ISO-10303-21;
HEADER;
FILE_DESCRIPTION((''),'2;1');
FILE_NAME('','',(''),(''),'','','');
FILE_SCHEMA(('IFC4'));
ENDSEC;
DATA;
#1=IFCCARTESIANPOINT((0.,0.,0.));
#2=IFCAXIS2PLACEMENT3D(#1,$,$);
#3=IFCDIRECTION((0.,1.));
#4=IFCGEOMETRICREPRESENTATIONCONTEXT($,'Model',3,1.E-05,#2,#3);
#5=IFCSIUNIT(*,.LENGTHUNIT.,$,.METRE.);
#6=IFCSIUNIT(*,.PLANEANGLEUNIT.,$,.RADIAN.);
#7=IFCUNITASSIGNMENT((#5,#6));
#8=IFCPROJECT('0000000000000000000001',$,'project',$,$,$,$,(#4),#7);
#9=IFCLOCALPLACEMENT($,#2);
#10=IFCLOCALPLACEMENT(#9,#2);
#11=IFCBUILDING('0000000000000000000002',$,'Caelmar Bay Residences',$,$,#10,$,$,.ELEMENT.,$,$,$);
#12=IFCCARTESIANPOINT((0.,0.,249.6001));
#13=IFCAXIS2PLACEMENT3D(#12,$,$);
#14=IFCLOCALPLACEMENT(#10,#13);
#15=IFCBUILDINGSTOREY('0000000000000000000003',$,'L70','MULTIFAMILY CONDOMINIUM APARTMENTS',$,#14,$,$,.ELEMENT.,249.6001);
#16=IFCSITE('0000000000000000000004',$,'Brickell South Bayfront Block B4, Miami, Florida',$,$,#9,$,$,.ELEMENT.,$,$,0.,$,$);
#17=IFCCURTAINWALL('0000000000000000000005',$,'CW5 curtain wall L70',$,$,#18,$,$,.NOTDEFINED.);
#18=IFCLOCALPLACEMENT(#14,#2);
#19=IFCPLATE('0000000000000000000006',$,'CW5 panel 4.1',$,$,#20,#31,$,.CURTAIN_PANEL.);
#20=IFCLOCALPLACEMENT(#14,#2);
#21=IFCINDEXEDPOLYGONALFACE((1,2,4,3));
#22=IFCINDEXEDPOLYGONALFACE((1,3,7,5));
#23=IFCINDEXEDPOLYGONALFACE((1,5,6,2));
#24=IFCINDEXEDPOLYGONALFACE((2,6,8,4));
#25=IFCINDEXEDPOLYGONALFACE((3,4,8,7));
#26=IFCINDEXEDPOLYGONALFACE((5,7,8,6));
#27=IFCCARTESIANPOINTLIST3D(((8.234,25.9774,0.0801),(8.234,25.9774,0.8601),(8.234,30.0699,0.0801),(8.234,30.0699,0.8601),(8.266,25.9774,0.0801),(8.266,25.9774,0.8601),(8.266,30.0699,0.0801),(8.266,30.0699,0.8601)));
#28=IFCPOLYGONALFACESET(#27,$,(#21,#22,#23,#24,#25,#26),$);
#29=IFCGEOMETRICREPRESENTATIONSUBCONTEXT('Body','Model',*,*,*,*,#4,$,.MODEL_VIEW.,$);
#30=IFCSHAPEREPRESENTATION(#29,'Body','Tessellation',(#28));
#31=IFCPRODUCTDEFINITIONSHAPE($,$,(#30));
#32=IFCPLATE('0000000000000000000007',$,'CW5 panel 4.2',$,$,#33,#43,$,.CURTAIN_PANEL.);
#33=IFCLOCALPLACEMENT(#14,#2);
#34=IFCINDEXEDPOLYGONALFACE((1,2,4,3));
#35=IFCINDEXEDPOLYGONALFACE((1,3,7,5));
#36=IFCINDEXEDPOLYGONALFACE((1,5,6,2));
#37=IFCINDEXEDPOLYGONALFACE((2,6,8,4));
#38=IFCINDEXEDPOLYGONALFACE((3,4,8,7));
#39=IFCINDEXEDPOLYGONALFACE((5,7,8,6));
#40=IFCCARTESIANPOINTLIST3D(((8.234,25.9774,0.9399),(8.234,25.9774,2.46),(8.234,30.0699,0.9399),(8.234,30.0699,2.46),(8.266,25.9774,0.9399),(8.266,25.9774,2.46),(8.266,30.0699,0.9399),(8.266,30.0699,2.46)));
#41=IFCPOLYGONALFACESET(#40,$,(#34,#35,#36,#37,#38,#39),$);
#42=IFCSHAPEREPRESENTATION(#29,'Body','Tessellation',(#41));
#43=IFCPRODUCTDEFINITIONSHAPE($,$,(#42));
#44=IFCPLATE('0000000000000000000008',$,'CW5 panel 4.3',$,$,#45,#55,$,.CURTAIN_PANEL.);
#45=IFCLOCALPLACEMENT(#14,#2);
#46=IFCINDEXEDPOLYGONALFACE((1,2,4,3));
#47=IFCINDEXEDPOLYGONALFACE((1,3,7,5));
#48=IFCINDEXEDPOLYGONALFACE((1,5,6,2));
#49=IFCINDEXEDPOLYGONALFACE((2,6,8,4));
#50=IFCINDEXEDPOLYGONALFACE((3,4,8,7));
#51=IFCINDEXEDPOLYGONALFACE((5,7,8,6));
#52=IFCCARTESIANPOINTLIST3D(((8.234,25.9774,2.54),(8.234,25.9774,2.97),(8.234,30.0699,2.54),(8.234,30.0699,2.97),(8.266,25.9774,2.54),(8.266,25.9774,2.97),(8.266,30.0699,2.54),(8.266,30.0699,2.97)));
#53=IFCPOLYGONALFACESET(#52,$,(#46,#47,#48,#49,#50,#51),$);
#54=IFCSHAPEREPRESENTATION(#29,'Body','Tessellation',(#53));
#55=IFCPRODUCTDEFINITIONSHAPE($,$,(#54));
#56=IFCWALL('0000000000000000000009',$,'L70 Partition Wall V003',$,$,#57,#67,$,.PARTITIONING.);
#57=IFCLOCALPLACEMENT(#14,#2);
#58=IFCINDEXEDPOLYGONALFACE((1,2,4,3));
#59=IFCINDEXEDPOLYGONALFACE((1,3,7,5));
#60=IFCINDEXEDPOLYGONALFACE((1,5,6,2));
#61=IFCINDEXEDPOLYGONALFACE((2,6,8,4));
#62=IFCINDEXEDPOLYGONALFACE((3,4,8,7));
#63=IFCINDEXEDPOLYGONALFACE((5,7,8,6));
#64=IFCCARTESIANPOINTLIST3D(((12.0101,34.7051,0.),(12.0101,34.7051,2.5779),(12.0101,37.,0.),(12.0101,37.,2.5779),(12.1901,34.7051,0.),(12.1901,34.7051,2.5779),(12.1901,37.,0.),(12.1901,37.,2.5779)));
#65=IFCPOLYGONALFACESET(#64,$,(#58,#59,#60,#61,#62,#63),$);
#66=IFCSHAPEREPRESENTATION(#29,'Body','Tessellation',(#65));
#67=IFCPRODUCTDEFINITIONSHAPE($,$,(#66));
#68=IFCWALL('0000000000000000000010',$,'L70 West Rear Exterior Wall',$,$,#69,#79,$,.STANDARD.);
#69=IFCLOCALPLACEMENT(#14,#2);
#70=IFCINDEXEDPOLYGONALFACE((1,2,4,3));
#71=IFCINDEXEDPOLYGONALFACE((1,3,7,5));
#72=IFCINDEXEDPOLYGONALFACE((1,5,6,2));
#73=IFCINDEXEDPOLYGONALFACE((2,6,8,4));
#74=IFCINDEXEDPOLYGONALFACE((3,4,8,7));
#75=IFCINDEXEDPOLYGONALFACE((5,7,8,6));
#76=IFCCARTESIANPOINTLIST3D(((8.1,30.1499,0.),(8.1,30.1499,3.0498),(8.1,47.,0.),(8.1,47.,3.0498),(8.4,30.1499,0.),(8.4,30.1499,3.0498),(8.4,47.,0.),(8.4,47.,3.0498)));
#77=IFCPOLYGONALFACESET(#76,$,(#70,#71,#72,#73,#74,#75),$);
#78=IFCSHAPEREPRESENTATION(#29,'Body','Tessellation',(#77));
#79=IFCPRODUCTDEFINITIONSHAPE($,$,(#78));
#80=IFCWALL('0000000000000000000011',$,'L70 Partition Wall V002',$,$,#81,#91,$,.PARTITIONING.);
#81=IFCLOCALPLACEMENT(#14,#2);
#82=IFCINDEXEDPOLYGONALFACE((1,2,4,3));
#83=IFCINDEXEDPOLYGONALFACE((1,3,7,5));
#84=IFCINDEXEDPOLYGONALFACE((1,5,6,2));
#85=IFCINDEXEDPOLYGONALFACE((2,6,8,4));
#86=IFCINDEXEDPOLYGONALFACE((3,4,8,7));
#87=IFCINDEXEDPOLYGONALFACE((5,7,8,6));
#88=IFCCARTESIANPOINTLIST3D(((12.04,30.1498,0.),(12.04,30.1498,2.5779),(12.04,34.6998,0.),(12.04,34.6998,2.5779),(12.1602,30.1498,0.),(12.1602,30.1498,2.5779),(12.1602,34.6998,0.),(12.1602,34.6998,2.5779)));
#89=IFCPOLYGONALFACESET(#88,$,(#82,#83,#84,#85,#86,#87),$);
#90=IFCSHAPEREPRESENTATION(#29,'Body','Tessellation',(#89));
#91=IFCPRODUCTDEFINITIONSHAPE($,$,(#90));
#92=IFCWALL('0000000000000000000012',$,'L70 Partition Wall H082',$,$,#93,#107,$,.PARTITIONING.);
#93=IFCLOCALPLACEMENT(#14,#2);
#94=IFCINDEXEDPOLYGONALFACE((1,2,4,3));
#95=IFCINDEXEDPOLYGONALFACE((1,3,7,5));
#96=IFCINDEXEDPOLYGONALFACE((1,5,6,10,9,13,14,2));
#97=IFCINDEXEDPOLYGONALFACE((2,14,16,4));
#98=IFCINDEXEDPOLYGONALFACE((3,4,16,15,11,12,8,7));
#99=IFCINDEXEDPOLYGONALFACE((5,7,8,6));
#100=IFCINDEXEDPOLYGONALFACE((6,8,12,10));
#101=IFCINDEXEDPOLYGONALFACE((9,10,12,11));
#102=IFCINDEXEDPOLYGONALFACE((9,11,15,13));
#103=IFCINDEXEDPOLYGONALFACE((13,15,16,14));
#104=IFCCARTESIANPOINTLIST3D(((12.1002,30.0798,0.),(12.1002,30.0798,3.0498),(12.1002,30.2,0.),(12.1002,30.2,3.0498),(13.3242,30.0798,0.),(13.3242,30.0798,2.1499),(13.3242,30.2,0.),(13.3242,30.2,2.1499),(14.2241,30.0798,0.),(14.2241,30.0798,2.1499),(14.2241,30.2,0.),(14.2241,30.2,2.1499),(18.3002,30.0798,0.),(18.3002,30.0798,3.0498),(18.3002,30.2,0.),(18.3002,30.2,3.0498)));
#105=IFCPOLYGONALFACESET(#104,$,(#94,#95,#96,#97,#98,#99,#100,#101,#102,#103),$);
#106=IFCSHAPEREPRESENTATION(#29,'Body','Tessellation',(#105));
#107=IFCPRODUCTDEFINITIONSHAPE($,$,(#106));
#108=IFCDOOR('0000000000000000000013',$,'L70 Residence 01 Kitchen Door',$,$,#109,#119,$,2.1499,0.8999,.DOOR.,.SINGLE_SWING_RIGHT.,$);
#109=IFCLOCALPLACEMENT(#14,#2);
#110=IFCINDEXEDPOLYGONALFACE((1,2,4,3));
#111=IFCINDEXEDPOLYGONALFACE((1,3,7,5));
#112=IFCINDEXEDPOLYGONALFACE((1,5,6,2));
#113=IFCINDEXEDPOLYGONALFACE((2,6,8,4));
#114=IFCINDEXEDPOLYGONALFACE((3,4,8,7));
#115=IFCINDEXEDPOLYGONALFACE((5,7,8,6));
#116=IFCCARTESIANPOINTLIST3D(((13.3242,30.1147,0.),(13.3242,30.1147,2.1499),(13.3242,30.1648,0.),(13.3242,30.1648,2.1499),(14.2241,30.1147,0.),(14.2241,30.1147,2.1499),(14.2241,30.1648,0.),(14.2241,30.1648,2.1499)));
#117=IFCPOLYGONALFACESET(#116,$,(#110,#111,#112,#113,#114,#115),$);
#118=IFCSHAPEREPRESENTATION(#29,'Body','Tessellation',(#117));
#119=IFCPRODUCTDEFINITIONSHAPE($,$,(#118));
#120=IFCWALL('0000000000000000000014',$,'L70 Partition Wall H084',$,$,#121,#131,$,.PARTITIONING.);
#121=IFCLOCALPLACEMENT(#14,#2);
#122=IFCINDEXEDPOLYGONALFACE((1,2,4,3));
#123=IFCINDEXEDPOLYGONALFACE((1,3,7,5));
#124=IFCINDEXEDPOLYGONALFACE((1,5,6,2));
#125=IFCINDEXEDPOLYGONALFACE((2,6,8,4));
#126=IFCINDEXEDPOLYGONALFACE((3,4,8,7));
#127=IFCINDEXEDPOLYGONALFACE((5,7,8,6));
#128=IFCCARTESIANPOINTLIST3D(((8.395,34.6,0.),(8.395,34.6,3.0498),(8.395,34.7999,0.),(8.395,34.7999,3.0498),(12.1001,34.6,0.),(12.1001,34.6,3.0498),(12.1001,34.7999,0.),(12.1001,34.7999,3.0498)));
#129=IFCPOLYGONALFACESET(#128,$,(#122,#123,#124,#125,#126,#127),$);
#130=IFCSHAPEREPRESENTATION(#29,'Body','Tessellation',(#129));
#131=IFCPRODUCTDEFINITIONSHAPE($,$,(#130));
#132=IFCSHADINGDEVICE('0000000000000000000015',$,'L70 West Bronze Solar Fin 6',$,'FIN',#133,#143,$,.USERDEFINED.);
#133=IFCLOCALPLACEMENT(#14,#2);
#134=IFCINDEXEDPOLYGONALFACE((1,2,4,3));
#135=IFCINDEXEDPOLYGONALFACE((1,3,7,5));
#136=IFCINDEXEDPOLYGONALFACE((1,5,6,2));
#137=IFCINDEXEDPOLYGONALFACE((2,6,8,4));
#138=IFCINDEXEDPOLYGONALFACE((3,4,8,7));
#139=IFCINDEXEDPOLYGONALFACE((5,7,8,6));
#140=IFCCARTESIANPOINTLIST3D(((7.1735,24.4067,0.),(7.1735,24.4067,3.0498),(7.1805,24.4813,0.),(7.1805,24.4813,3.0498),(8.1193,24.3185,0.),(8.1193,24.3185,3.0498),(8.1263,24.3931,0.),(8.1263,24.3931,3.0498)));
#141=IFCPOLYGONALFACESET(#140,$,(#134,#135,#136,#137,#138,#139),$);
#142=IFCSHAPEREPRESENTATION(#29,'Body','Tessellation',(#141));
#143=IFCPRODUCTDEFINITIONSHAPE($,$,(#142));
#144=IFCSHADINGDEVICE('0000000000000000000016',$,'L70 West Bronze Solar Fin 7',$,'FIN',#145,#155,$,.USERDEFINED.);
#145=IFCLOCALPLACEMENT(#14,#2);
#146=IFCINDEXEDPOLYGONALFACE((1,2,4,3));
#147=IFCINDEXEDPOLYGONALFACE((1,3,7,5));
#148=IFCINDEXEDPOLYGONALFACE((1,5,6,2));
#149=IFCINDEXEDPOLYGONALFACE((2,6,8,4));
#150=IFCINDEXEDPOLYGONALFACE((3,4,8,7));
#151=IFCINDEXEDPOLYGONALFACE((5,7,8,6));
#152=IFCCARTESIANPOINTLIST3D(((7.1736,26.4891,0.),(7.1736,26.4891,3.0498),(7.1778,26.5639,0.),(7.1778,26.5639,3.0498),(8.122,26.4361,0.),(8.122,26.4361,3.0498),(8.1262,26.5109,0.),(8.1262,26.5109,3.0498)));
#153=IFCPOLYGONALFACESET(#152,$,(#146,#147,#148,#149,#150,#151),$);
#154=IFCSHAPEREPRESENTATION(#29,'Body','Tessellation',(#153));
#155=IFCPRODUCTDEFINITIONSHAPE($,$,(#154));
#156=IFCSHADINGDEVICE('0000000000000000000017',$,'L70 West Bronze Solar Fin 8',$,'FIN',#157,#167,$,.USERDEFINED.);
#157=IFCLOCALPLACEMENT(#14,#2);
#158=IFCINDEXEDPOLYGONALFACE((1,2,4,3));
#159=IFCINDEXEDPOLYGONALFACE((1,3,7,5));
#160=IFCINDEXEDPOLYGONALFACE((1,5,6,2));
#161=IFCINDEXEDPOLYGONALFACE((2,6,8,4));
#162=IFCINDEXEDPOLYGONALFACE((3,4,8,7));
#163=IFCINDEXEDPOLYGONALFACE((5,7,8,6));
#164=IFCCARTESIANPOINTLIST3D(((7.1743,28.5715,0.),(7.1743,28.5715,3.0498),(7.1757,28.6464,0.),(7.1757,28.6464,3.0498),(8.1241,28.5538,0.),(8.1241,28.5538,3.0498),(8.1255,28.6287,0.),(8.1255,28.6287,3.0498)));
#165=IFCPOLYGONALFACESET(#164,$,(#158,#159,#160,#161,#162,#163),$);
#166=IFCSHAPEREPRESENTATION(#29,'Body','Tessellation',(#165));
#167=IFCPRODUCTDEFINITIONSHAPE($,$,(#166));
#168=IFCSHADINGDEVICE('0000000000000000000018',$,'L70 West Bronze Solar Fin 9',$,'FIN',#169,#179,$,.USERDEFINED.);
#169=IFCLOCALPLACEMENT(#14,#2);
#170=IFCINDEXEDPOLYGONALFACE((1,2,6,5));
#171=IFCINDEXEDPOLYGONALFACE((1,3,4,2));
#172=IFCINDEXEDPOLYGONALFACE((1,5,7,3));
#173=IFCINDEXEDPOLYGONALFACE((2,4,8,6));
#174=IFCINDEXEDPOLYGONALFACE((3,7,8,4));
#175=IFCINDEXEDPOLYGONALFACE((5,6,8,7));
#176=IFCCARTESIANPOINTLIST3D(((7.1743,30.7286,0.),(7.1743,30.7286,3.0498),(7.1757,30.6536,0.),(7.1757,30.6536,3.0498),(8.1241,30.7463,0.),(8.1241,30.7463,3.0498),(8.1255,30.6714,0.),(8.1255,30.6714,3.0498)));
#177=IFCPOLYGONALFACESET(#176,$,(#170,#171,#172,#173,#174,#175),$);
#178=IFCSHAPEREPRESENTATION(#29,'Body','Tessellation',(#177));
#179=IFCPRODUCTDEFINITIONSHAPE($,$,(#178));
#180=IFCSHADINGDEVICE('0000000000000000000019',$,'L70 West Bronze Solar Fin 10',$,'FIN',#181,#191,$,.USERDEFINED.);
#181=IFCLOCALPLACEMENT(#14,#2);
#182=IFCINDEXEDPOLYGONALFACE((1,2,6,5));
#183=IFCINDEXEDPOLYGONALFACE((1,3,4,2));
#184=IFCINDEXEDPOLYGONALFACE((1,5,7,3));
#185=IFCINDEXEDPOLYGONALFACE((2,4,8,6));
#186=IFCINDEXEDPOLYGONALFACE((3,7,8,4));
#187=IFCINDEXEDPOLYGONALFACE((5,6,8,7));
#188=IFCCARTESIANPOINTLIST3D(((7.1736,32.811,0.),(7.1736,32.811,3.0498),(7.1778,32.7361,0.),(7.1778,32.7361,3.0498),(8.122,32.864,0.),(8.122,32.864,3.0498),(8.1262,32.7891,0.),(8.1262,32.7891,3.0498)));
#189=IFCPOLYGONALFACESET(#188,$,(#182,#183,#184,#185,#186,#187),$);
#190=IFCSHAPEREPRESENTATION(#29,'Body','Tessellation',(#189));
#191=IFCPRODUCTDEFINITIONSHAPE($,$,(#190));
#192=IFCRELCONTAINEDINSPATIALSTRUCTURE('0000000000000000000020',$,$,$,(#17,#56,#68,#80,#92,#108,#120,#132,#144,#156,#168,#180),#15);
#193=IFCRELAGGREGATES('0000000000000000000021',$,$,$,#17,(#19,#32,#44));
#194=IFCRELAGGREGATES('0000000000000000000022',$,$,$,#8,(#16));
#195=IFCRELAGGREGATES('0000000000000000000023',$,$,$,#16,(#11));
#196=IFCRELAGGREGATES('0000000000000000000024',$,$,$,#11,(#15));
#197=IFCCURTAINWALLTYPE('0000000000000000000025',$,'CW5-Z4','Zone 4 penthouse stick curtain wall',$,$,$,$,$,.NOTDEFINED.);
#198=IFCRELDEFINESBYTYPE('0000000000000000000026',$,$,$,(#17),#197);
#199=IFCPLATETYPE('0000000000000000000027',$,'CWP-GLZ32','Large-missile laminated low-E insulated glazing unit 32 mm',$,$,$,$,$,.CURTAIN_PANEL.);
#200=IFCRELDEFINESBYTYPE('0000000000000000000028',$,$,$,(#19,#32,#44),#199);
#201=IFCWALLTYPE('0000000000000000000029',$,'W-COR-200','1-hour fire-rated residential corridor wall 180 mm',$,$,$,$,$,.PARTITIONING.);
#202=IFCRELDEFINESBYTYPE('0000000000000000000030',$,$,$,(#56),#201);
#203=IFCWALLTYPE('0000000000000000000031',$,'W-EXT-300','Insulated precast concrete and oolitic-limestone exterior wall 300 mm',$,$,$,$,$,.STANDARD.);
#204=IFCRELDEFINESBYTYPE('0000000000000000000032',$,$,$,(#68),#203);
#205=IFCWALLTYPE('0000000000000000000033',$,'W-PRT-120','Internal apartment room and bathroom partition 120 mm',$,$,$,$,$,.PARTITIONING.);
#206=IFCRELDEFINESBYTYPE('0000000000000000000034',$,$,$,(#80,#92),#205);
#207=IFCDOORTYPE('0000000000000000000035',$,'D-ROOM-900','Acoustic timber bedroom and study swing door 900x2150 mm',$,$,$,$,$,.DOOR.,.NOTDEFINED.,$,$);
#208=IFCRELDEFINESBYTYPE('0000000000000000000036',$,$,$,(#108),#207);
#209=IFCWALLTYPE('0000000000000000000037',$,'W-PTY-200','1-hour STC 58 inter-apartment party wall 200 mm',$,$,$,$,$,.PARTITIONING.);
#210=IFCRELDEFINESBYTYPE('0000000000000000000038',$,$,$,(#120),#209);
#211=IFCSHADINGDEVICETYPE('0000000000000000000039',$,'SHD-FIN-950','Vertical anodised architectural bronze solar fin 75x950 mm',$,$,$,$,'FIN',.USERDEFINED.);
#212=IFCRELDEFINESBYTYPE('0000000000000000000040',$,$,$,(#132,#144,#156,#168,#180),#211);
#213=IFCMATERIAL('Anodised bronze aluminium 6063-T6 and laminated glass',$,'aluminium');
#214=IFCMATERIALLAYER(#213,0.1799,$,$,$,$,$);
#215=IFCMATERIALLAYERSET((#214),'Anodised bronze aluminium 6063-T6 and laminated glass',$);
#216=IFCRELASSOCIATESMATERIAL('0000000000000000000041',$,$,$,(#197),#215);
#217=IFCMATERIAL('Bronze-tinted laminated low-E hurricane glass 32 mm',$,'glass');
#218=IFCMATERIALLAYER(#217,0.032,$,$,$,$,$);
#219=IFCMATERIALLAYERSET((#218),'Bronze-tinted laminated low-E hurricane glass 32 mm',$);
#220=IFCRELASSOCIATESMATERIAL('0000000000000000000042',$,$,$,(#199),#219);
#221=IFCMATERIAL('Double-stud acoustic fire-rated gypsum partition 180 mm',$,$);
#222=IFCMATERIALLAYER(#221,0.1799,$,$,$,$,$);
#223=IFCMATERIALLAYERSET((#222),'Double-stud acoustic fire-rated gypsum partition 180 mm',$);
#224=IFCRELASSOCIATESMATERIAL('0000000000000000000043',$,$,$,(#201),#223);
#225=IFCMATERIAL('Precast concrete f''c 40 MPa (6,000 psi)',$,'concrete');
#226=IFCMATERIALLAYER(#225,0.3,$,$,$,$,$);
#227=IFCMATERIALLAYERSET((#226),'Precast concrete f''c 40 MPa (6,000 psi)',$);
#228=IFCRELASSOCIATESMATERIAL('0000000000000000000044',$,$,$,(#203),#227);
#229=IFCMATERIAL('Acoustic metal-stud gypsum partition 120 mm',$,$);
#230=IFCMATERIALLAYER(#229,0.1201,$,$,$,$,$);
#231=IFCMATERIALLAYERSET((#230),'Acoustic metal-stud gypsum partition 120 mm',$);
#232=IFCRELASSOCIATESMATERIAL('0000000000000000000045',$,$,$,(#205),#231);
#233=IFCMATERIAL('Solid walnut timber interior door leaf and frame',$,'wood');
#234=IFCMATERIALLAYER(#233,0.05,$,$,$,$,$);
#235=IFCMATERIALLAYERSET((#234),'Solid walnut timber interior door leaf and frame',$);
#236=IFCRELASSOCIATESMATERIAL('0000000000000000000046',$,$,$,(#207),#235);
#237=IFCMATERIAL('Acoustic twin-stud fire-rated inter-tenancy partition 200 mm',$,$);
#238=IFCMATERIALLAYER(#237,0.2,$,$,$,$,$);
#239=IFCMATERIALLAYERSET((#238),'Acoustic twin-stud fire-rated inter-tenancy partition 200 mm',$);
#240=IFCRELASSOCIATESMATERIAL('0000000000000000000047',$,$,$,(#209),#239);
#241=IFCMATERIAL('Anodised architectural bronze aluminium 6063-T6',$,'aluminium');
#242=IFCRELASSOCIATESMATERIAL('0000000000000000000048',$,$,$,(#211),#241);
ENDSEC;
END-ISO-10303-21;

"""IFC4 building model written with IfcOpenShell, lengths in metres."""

from ifc_helpers import new_model, si_unit, direction, frame, frame_2d, origin, origin_2d, place, context, subcontext, project, spatial, rectangle, extrude, material, layer, layer_set, material_profile, profile_set, type_object, element, fill, aggregate, save


model = new_model("IFC4")

# Units and contexts
model_context = context("Model", 3, precision=1e-05, world=origin(), true_north=direction((0.0, 1.0)))
body_context = subcontext(model_context, "Body", "Model", "MODEL_VIEW")
ifc_project = project(units=[si_unit("LENGTHUNIT", "METRE"), si_unit("PLANEANGLEUNIT", "RADIAN")], contexts=[model_context])

# Site, building, storey
site_placement = place(None, origin())
site = spatial("IfcSite", under=ifc_project, at=site_placement, Name="Brickell South Bayfront Block B4, Miami, Florida", CompositionType="ELEMENT", RefElevation=0.0)
building_placement = place(site_placement, origin())
building = spatial("IfcBuilding", under=site, at=building_placement, Name="Caelmar Bay Residences", CompositionType="ELEMENT")
storey_placement = place(building_placement, frame((0.0, 0.0, 249.6001)))
storey = spatial("IfcBuildingStorey", under=building, at=storey_placement, Name="L70", Description="MULTIFAMILY CONDOMINIUM APARTMENTS", CompositionType="ELEMENT", Elevation=249.6001)

# Curtain wall, plates
ifc_material_1 = material(Name="Anodised bronze aluminium 6063-T6 and laminated glass", Category="aluminium")
ifc_layer_1 = layer(ifc_material_1, 0.1799)
ifc_layer_set_1 = layer_set([ifc_layer_1], Name="Anodised bronze aluminium 6063-T6 and laminated glass")
curtain_wall_type = type_object("IfcCurtainWallType", Name="CW5-Z4", Description="Zone 4 penthouse stick curtain wall", PredefinedType="NOTDEFINED", material=ifc_layer_set_1)
curtain_wall_placement = place(storey_placement, origin())
curtain_wall = element("IfcCurtainWall", 1, at=curtain_wall_placement, inside=storey, type_object=curtain_wall_type, Name="CW5 curtain wall L70", PredefinedType="NOTDEFINED")
ifc_material_2 = material(Name="Bronze-tinted laminated low-E hurricane glass 32 mm", Category="glass")
ifc_layer_2 = layer(ifc_material_2, 0.032)
ifc_layer_set_2 = layer_set([ifc_layer_2], Name="Bronze-tinted laminated low-E hurricane glass 32 mm")
plate_type = type_object("IfcPlateType", Name="CWP-GLZ32", Description="Large-missile laminated low-E insulated glazing unit 32 mm", PredefinedType="CURTAIN_PANEL", material=ifc_layer_set_2)
plate_1_placement = place(storey_placement, frame((8.25, 28.0237, 0.0801), z_axis=(0.0, 0.0, 1.0), x_axis=(0.0, 1.0, 0.0)))
plate_1 = element("IfcPlate", 2, at=plate_1_placement, type_object=plate_type, Name="CW5 panel 4.1", PredefinedType="CURTAIN_PANEL", context=body_context, shape_type="SweptSolid", body=[
    extrude(rectangle(XDim=4.0925, YDim=0.032, at=origin_2d()), origin(), (0.0, 0.0, 1.0), 0.78),
])
plate_2_placement = place(storey_placement, frame((8.25, 28.0237, 0.9399), z_axis=(0.0, 0.0, 1.0), x_axis=(0.0, 1.0, 0.0)))
plate_2 = element("IfcPlate", 3, at=plate_2_placement, type_object=plate_type, Name="CW5 panel 4.2", PredefinedType="CURTAIN_PANEL", context=body_context, shape_type="SweptSolid", body=[
    extrude(rectangle(XDim=4.0925, YDim=0.032, at=origin_2d()), origin(), (0.0, 0.0, 1.0), 1.52),
])
plate_3_placement = place(storey_placement, frame((8.25, 28.0237, 2.54), z_axis=(0.0, 0.0, 1.0), x_axis=(0.0, 1.0, 0.0)))
plate_3 = element("IfcPlate", 4, at=plate_3_placement, type_object=plate_type, Name="CW5 panel 4.3", PredefinedType="CURTAIN_PANEL", context=body_context, shape_type="SweptSolid", body=[
    extrude(rectangle(XDim=4.0925, YDim=0.032, at=origin_2d()), origin(), (0.0, 0.0, 1.0), 0.4299),
])
aggregate(curtain_wall, [plate_1, plate_2, plate_3])

# Walls
ifc_material_3 = material(Name="Double-stud acoustic fire-rated gypsum partition 180 mm")
ifc_layer_3 = layer(ifc_material_3, 0.1799)
ifc_layer_set_3 = layer_set([ifc_layer_3], Name="Double-stud acoustic fire-rated gypsum partition 180 mm")
wall_type_1 = type_object("IfcWallType", Name="W-COR-200", Description="1-hour fire-rated residential corridor wall 180 mm", PredefinedType="PARTITIONING", material=ifc_layer_set_3)
wall_1_placement = place(storey_placement, frame((12.1001, 34.7051, 0.0), z_axis=(0.0, 0.0, 1.0), x_axis=(0.0, 1.0, 0.0)))
element("IfcWall", 5, at=wall_1_placement, inside=storey, type_object=wall_type_1, Name="L70 Partition Wall V003", PredefinedType="PARTITIONING", context=body_context, shape_type="SweptSolid", body=[
    extrude(rectangle(XDim=2.2949, YDim=0.1799, at=frame_2d((1.1475, 0.0))), origin(), (0.0, 0.0, 1.0), 2.5779),
])
ifc_material_4 = material(Name="Precast concrete f'c 40 MPa (6,000 psi)", Category="concrete")
ifc_layer_4 = layer(ifc_material_4, 0.3)
ifc_layer_set_4 = layer_set([ifc_layer_4], Name="Precast concrete f'c 40 MPa (6,000 psi)")
wall_type_2 = type_object("IfcWallType", Name="W-EXT-300", Description="Insulated precast concrete and oolitic-limestone exterior wall 300 mm", PredefinedType="STANDARD", material=ifc_layer_set_4)
wall_2_placement = place(storey_placement, frame((8.25, 30.1499, 0.0), z_axis=(0.0, 0.0, 1.0), x_axis=(0.0, 1.0, 0.0)))
element("IfcWall", 6, at=wall_2_placement, inside=storey, type_object=wall_type_2, Name="L70 West Rear Exterior Wall", PredefinedType="STANDARD", context=body_context, shape_type="SweptSolid", body=[
    extrude(rectangle(XDim=16.8501, YDim=0.3, at=frame_2d((8.425, 0.0))), origin(), (0.0, 0.0, 1.0), 3.0498),
])
ifc_material_5 = material(Name="Acoustic metal-stud gypsum partition 120 mm")
ifc_layer_5 = layer(ifc_material_5, 0.1201)
ifc_layer_set_5 = layer_set([ifc_layer_5], Name="Acoustic metal-stud gypsum partition 120 mm")
wall_type_3 = type_object("IfcWallType", Name="W-PRT-120", Description="Internal apartment room and bathroom partition 120 mm", PredefinedType="PARTITIONING", material=ifc_layer_set_5)
wall_3_placement = place(storey_placement, frame((12.1001, 30.1499, 0.0), z_axis=(0.0, 0.0, 1.0), x_axis=(0.0, 1.0, 0.0)))
element("IfcWall", 7, at=wall_3_placement, inside=storey, type_object=wall_type_3, Name="L70 Partition Wall V002", PredefinedType="PARTITIONING", context=body_context, shape_type="SweptSolid", body=[
    extrude(rectangle(XDim=4.55, YDim=0.1201, at=frame_2d((2.2749, 0.0))), origin(), (0.0, 0.0, 1.0), 2.5779),
])

# Shared definitions
ifc_material_6 = material(Name="Solid walnut timber interior door leaf and frame", Category="wood")
ifc_layer_6 = layer(ifc_material_6, 0.05)
ifc_layer_set_6 = layer_set([ifc_layer_6], Name="Solid walnut timber interior door leaf and frame")
door_type = type_object("IfcDoorType", Name="D-ROOM-900", Description="Acoustic timber bedroom and study swing door 900x2150 mm", OperationType="NOTDEFINED", PredefinedType="DOOR", material=ifc_layer_set_6)

# Wall, opening, door
wall_4_placement = place(storey_placement, frame((12.1001, 30.1399, 0.0), z_axis=(0.0, 0.0, 1.0), x_axis=(1.0, 0.0, 0.0)))
wall_4 = element("IfcWall", 8, at=wall_4_placement, inside=storey, type_object=wall_type_3, Name="L70 Partition Wall H082", PredefinedType="PARTITIONING", context=body_context, shape_type="SweptSolid", body=[
    extrude(rectangle(XDim=6.2, YDim=0.1201, at=frame_2d((3.1001, 0.0))), origin(), (0.0, 0.0, 1.0), 3.0498),
])
opening_1_placement = place(wall_4_placement, frame((1.2241, 0.0, 0.0)))
opening_1 = element("IfcOpeningElement", 9, at=opening_1_placement, cuts=wall_4, PredefinedType="OPENING", context=body_context, shape_type="SweptSolid", body=[
    extrude(rectangle(XDim=0.8999, YDim=2.1499, at=frame_2d((0.45, 1.075))), frame((0.0, 0.0701, 0.0), z_axis=(0.0, -1.0, 0.0), x_axis=(1.0, 0.0, 0.0)), (0.0, 0.0, 1.0), 0.1401),
])
door_1_placement = place(opening_1_placement, origin())
door_1 = element("IfcDoor", 10, at=door_1_placement, inside=storey, type_object=door_type, Name="L70 Residence 01 Kitchen Door", OperationType="SINGLE_SWING_RIGHT", OverallHeight=2.1499, OverallWidth=0.8999, PredefinedType="DOOR", context=body_context, shape_type="SweptSolid", body=[
    extrude(rectangle(XDim=0.8999, YDim=2.1499, at=frame_2d((0.45, 1.075))), frame((0.0, 0.0249, 0.0), z_axis=(0.0, -1.0, 0.0), x_axis=(1.0, 0.0, 0.0)), (0.0, 0.0, 1.0), 0.05),
])
fill(opening_1, door_1)

# Wall
ifc_material_7 = material(Name="Acoustic twin-stud fire-rated inter-tenancy partition 200 mm")
ifc_layer_7 = layer(ifc_material_7, 0.2)
ifc_layer_set_7 = layer_set([ifc_layer_7], Name="Acoustic twin-stud fire-rated inter-tenancy partition 200 mm")
wall_type_4 = type_object("IfcWallType", Name="W-PTY-200", Description="1-hour STC 58 inter-apartment party wall 200 mm", PredefinedType="PARTITIONING", material=ifc_layer_set_7)
wall_5_placement = place(storey_placement, frame((8.395, 34.7, 0.0), z_axis=(0.0, 0.0, 1.0), x_axis=(1.0, 0.0, 0.0)))
element("IfcWall", 11, at=wall_5_placement, inside=storey, type_object=wall_type_4, Name="L70 Partition Wall H084", PredefinedType="PARTITIONING", context=body_context, shape_type="SweptSolid", body=[
    extrude(rectangle(XDim=3.7051, YDim=0.2, at=frame_2d((1.8525, 0.0))), origin(), (0.0, 0.0, 1.0), 3.0498),
])

# Shading devices
ifc_material_8 = material(Name="Anodised architectural bronze aluminium 6063-T6", Category="aluminium")
ifc_material_profile_1 = material_profile(ifc_material_8, rectangle(XDim=0.075, YDim=0.95, at=origin_2d()), Name="BRONZE-FIN-75X950")
ifc_profile_set_1 = profile_set([ifc_material_profile_1], Name="Anodised architectural bronze aluminium 6063-T6")
shading_device_type = type_object("IfcShadingDeviceType", Name="SHD-FIN-950", Description="Vertical anodised architectural bronze solar fin 75x950 mm", ElementType="FIN", PredefinedType="USERDEFINED", material=ifc_profile_set_1)
for number, where, z_axis, x_axis, name in (
    (12, (7.6499, 24.3999, 0.0), (0.0, 0.0, 1.0), (0.092892, 0.995676, 0.0), "L70 West Bronze Solar Fin 6"),
    (13, (7.6499, 26.5, 0.0), (0.0, 0.0, 1.0), (0.055822, 0.998441, 0.0), "L70 West Bronze Solar Fin 7"),
    (14, (7.6499, 28.6001, 0.0), (0.0, 0.0, 1.0), (0.018674, 0.999826, 0.0), "L70 West Bronze Solar Fin 8"),
    (15, (7.6499, 30.7, 0.0), (0.0, 0.0, 1.0), (-0.018674, 0.999826, 0.0), "L70 West Bronze Solar Fin 9"),
    (16, (7.6499, 32.8, 0.0), (0.0, 0.0, 1.0), (-0.055822, 0.998441, 0.0), "L70 West Bronze Solar Fin 10"),
):
    element("IfcShadingDevice", number, at=place(storey_placement, frame(where, z_axis=z_axis, x_axis=x_axis)), inside=storey, type_object=shading_device_type, Name=name, ObjectType="FIN", PredefinedType="USERDEFINED", context=body_context, shape_type="SweptSolid", body=[
        extrude(rectangle(XDim=0.075, YDim=0.95, at=origin_2d()), origin(), (0.0, 0.0, 1.0), 3.0498),
    ])

save(model, "model.ifc")
